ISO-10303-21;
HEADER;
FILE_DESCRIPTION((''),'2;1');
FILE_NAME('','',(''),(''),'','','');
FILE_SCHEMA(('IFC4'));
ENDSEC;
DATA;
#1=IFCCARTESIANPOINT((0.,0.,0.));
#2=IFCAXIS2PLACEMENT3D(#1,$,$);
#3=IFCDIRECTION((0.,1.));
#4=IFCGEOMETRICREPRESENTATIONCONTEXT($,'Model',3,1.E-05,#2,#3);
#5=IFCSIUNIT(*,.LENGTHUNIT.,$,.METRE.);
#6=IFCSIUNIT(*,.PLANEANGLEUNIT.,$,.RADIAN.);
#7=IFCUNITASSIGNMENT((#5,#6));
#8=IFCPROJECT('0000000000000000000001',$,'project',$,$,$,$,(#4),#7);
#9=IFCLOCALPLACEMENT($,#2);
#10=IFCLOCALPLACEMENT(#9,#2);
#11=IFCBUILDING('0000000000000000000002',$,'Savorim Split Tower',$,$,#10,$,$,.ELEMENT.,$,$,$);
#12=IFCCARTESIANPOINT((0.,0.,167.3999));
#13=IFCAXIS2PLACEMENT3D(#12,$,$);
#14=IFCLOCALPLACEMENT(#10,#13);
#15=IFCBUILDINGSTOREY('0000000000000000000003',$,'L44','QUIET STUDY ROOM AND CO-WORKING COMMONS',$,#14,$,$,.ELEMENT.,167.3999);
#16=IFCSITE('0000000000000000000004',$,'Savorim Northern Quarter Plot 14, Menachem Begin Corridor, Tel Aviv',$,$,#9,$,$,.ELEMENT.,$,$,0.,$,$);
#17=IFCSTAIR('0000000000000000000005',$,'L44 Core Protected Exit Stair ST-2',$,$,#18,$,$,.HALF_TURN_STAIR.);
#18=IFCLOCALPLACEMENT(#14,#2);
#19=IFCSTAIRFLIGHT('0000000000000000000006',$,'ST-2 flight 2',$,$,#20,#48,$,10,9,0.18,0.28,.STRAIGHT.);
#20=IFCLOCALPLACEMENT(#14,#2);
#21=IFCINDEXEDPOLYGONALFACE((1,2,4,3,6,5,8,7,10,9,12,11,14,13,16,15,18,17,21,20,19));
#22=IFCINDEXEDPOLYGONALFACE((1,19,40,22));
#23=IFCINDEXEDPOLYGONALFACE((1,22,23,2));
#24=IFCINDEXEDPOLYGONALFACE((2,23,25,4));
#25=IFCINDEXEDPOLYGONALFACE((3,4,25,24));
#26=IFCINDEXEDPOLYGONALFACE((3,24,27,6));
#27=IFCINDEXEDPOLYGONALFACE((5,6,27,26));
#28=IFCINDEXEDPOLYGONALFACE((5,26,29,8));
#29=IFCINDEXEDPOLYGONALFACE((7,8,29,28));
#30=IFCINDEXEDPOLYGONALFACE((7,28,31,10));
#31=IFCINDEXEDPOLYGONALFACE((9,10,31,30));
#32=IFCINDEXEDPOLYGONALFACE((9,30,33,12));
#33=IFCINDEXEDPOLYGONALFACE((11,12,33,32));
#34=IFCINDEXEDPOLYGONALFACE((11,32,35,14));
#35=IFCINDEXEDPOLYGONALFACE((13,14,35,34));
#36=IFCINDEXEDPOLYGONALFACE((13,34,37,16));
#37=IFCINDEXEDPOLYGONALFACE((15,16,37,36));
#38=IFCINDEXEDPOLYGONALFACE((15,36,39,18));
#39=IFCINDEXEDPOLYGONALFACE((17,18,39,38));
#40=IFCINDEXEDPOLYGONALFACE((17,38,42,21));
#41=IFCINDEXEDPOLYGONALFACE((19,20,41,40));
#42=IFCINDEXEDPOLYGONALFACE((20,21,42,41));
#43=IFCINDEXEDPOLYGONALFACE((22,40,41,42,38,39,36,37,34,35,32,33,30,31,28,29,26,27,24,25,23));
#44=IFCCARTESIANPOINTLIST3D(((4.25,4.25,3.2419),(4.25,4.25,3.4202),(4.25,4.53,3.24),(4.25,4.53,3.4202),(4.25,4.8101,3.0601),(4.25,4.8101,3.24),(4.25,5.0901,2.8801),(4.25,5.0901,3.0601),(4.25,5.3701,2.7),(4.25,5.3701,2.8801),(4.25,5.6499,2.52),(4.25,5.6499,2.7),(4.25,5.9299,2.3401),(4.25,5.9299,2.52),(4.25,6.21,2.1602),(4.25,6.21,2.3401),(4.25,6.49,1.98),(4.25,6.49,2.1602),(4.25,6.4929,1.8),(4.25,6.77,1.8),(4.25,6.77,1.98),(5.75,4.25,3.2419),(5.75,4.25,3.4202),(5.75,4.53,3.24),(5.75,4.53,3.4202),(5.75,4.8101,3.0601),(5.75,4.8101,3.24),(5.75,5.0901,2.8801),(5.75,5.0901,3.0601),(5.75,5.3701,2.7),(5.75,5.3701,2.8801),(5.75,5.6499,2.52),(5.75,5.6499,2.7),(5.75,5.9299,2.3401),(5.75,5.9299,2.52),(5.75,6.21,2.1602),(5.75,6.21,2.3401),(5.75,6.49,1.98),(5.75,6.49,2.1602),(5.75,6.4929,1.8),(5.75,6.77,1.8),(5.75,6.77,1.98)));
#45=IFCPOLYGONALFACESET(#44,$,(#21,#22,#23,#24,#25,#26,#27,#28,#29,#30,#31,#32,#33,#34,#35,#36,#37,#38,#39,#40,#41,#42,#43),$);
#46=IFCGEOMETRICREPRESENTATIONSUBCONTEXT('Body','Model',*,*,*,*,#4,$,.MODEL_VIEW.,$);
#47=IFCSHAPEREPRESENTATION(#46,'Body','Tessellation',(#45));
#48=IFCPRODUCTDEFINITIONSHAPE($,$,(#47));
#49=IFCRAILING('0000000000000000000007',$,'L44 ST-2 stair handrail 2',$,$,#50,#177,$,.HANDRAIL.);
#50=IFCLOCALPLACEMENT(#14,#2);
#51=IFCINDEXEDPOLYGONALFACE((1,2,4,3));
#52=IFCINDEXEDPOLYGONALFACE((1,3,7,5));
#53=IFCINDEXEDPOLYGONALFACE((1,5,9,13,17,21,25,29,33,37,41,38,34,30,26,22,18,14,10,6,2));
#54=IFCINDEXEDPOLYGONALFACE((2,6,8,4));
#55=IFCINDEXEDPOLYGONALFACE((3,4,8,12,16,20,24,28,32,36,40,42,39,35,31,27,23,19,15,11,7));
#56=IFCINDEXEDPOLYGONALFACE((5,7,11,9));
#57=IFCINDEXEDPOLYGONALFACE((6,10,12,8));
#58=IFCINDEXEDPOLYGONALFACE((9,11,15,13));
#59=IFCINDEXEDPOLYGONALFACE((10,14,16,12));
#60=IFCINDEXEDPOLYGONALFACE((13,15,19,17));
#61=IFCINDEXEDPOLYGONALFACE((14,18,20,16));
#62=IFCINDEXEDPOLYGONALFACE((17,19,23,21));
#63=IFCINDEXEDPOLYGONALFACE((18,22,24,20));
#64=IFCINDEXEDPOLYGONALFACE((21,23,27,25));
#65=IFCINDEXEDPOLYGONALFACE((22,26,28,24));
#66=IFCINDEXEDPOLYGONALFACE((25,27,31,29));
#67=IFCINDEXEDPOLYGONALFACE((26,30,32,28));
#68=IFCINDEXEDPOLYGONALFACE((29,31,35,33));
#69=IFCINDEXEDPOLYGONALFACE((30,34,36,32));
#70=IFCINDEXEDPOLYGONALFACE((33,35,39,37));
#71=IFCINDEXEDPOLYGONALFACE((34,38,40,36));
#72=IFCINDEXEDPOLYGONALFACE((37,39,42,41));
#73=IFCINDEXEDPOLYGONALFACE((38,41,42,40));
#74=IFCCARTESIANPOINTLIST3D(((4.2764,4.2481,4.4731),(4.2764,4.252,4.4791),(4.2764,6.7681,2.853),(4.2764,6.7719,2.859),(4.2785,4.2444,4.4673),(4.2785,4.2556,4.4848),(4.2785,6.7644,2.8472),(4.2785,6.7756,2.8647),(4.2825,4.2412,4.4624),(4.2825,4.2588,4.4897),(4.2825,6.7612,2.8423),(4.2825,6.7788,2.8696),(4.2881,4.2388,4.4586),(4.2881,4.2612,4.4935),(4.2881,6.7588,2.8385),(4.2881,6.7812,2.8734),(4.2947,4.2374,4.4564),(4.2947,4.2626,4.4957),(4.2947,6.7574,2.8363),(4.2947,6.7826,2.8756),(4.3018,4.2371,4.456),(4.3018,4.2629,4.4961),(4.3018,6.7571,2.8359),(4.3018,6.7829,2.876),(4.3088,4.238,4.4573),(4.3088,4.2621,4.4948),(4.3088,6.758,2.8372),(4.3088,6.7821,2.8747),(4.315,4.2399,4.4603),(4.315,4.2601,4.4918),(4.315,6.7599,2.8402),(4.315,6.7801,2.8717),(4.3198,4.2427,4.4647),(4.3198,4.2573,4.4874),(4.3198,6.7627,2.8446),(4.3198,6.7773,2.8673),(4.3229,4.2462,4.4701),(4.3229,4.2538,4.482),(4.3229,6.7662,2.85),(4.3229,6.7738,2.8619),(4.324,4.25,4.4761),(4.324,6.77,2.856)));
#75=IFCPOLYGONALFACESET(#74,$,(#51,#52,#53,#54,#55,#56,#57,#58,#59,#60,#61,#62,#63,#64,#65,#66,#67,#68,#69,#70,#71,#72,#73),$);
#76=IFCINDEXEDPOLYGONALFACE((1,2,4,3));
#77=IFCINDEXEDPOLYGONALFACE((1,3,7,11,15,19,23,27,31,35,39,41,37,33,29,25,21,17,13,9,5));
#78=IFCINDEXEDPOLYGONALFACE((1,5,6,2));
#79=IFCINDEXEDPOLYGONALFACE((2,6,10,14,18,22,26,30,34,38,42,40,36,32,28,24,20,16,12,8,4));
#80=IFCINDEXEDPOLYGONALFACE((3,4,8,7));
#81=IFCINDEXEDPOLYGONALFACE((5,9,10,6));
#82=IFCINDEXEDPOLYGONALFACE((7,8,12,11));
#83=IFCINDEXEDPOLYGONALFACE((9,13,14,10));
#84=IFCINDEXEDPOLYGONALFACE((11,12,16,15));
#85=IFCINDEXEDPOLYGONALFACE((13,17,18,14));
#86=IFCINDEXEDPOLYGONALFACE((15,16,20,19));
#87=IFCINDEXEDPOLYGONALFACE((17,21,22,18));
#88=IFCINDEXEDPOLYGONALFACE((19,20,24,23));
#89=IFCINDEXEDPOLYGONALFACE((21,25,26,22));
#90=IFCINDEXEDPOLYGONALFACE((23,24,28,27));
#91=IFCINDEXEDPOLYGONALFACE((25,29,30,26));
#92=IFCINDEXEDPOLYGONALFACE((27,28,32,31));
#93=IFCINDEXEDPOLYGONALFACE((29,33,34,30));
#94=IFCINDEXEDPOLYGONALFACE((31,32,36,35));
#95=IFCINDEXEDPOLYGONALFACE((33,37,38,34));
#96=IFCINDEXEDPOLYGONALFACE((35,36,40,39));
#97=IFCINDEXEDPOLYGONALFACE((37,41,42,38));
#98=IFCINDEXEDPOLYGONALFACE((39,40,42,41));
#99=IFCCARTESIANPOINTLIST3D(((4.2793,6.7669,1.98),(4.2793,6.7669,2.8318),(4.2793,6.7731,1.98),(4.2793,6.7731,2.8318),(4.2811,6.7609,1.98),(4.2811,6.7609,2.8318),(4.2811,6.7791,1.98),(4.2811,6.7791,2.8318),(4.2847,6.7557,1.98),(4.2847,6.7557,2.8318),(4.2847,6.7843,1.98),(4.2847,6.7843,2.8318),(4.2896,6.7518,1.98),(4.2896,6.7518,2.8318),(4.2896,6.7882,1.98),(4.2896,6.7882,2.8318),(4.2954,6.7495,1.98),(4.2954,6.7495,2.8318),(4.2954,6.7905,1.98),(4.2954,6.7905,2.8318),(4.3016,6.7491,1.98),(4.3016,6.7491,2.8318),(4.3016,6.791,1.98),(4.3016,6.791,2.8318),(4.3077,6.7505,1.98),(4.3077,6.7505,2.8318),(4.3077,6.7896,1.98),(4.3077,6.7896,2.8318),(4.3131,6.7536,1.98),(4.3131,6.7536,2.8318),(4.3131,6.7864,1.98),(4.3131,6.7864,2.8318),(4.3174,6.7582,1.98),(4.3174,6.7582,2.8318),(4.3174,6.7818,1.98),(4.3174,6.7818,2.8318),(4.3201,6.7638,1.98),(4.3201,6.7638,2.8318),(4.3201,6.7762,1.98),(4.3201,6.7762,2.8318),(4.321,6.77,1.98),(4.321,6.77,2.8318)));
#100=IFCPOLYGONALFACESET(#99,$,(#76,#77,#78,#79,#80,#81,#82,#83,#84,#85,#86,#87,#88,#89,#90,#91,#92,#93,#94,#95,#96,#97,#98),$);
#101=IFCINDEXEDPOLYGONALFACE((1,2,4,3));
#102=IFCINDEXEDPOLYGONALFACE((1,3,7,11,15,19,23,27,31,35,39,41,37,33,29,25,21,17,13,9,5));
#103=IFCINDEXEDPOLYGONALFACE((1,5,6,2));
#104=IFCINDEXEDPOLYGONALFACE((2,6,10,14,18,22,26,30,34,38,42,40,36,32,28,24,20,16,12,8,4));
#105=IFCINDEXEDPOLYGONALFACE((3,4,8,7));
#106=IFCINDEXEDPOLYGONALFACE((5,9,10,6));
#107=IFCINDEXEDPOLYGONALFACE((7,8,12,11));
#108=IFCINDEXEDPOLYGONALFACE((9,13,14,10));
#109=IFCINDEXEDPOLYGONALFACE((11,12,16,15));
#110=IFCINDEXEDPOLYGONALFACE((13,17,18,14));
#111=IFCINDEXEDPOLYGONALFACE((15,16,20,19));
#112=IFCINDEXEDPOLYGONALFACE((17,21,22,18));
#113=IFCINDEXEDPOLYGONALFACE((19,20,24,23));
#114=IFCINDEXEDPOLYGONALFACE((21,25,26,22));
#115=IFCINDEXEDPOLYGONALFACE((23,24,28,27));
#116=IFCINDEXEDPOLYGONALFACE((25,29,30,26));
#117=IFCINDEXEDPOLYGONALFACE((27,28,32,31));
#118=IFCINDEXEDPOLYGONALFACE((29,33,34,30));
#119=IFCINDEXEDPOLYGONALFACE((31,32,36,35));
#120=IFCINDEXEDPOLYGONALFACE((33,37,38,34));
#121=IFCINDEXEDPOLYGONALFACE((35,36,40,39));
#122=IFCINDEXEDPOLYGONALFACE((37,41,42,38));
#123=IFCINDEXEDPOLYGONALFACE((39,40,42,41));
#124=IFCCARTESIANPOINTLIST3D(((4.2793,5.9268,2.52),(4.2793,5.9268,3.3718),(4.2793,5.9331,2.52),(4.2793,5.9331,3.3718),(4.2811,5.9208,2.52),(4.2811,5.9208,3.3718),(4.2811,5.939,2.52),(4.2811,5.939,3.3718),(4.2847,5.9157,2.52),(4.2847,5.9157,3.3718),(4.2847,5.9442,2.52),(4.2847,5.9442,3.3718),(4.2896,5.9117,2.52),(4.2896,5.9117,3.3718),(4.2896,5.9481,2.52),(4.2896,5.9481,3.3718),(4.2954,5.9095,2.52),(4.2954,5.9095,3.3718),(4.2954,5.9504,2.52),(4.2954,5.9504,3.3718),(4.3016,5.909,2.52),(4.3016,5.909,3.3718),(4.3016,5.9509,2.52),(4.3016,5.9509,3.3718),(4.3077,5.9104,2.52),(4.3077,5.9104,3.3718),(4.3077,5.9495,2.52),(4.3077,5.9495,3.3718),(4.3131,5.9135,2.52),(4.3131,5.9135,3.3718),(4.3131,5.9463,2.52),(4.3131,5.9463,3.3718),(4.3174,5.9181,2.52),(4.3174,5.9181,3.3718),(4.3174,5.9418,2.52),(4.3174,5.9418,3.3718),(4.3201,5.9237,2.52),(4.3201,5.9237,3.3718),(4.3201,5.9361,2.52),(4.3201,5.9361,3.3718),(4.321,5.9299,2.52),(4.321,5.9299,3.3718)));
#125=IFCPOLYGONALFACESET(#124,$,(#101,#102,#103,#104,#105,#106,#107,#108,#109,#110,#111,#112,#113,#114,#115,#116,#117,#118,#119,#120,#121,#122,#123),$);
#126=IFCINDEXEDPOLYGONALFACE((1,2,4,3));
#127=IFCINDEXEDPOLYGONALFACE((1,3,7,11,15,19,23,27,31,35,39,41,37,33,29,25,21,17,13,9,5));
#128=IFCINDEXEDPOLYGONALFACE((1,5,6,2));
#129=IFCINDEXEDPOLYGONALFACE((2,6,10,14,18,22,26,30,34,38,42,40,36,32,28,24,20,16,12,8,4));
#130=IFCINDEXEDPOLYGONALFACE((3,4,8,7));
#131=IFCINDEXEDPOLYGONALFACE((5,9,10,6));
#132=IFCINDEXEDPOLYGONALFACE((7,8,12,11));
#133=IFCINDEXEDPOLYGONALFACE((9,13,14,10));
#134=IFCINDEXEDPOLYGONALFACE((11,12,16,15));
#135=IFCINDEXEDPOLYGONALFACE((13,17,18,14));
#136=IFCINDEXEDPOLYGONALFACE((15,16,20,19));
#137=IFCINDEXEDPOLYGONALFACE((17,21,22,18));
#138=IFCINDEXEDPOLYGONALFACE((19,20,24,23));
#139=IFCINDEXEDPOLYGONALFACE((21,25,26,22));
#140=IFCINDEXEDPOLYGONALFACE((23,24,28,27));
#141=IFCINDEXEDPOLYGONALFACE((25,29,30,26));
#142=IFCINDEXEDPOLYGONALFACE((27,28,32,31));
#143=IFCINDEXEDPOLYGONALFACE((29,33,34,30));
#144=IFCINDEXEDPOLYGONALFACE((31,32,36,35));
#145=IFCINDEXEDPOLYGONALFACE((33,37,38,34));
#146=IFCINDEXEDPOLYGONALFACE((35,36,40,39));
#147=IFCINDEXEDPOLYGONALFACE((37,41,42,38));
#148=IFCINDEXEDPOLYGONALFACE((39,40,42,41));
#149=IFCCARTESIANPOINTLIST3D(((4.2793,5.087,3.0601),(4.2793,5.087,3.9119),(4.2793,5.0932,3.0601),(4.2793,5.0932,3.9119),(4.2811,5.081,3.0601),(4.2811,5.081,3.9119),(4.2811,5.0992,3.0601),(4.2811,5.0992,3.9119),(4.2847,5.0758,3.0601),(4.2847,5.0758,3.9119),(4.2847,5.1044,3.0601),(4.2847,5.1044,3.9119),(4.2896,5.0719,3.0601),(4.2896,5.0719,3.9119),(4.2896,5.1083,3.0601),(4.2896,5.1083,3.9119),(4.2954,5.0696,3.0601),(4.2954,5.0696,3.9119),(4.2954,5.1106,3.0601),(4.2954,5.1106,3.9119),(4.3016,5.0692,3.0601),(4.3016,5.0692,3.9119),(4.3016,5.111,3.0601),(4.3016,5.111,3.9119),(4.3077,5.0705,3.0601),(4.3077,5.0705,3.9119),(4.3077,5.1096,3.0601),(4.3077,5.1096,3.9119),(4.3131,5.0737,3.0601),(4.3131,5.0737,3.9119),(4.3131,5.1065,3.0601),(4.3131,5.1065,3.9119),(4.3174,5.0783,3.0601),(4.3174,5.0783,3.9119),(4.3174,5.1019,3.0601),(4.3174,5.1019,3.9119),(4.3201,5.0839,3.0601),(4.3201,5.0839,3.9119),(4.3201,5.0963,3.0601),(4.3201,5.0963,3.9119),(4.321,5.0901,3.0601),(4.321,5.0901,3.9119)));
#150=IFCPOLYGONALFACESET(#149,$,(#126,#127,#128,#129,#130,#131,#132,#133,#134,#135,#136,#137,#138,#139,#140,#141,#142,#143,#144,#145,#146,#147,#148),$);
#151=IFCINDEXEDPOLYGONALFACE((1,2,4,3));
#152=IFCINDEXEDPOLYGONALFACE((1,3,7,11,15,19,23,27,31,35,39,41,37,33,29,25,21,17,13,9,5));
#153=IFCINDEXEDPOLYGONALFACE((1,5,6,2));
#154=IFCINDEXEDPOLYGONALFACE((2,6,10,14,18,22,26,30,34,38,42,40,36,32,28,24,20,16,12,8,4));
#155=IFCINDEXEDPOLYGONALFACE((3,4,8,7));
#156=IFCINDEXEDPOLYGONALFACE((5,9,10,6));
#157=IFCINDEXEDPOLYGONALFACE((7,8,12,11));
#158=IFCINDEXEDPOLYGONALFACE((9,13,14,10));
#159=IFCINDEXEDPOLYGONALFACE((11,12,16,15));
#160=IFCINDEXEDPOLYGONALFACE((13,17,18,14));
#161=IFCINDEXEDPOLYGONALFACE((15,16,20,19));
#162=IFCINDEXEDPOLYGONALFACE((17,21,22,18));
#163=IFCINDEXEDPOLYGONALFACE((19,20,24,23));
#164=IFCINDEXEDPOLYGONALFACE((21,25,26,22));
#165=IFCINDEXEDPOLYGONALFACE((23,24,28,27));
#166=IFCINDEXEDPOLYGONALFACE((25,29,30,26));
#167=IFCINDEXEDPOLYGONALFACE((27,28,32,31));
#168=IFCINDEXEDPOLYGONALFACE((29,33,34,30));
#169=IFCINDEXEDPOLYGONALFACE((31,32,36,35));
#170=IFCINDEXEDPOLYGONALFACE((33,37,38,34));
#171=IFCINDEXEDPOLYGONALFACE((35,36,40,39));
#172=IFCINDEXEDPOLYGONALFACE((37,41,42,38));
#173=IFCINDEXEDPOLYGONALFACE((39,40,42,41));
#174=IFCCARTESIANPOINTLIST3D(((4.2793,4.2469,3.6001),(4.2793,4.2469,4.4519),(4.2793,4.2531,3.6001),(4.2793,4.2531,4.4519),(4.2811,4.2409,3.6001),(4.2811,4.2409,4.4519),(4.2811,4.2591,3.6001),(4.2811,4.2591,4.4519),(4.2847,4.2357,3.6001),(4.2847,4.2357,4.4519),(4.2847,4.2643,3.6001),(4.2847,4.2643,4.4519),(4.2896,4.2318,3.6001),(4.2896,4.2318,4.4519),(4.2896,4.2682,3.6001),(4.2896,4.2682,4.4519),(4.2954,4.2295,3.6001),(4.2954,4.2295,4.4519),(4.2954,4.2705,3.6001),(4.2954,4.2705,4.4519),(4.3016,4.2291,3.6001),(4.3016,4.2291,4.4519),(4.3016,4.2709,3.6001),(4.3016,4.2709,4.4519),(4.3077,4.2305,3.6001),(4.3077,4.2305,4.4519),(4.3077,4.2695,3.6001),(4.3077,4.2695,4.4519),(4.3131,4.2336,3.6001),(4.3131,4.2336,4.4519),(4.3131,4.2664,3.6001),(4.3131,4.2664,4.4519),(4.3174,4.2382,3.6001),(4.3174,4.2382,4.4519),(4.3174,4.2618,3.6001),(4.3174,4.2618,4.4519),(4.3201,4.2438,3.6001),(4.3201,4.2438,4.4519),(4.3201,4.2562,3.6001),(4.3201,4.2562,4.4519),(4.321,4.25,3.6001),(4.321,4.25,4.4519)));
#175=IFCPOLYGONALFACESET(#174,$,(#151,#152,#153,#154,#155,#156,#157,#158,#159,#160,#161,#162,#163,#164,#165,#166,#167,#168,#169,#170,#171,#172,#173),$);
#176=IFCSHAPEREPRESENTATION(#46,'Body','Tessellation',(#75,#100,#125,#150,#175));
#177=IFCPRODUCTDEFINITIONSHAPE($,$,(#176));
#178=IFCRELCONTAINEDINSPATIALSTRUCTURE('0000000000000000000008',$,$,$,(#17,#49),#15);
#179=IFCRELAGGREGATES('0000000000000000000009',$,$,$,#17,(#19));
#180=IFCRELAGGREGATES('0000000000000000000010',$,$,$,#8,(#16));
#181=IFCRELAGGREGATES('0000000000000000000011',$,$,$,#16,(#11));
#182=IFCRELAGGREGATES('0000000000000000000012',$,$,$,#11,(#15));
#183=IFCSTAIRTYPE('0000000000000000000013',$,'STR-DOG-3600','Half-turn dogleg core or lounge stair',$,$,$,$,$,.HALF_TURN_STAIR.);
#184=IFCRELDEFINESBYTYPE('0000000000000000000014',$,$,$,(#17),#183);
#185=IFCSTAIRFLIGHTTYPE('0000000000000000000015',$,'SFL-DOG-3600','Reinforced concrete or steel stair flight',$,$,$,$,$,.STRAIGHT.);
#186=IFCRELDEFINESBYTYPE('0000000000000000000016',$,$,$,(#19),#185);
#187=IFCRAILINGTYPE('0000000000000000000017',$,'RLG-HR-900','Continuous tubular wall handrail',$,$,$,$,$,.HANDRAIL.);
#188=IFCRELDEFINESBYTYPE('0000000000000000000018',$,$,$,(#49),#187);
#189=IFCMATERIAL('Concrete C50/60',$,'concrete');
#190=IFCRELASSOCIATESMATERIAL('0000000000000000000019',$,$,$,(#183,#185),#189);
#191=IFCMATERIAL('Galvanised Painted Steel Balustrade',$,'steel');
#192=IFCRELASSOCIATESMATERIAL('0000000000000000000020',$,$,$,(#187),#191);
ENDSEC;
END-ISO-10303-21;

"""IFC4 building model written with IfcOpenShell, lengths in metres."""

from ifc_helpers import new_model, si_unit, direction, frame, origin, origin_2d, place, context, subcontext, project, spatial, polyline, circle, outline, extrude, material, type_object, element, aggregate, save


model = new_model("IFC4")

# Units and contexts
model_context = context("Model", 3, precision=1e-05, world=origin(), true_north=direction((0.0, 1.0)))
body_context = subcontext(model_context, "Body", "Model", "MODEL_VIEW")
ifc_project = project(units=[si_unit("LENGTHUNIT", "METRE"), si_unit("PLANEANGLEUNIT", "RADIAN")], contexts=[model_context])

# Site, building, storey
site_placement = place(None, origin())
site = spatial("IfcSite", under=ifc_project, at=site_placement, Name="Savorim Northern Quarter Plot 14, Menachem Begin Corridor, Tel Aviv", CompositionType="ELEMENT", RefElevation=0.0)
building_placement = place(site_placement, origin())
building = spatial("IfcBuilding", under=site, at=building_placement, Name="Savorim Split Tower", CompositionType="ELEMENT")
storey_placement = place(building_placement, frame((0.0, 0.0, 167.3999)))
storey = spatial("IfcBuildingStorey", under=building, at=storey_placement, Name="L44", Description="QUIET STUDY ROOM AND CO-WORKING COMMONS", CompositionType="ELEMENT", Elevation=167.3999)

# Stair, stair flight
ifc_material_1 = material(Name="Concrete C50/60", Category="concrete")
stair_type = type_object("IfcStairType", Name="STR-DOG-3600", Description="Half-turn dogleg core or lounge stair", PredefinedType="HALF_TURN_STAIR", material=ifc_material_1)
stair_placement = place(storey_placement, origin())
stair = element("IfcStair", 1, at=stair_placement, inside=storey, type_object=stair_type, Name="L44 Core Protected Exit Stair ST-2", PredefinedType="HALF_TURN_STAIR")
stair_flight_type = type_object("IfcStairFlightType", Name="SFL-DOG-3600", Description="Reinforced concrete or steel stair flight", PredefinedType="STRAIGHT", material=ifc_material_1)
stair_flight_placement = place(storey_placement, frame((5.0, 6.77, 1.8), z_axis=(0.0, 0.0, 1.0), x_axis=(0.0, -1.0, 0.0)))
stair_flight = element("IfcStairFlight", 2, at=stair_flight_placement, type_object=stair_flight_type, Name="ST-2 flight 2", NumberOfRisers=10, NumberOfTreads=9, PredefinedType="STRAIGHT", RiserHeight=0.18, TreadLength=0.28, context=body_context, shape_type="SweptSolid", body=[
    extrude(outline(polyline([(0.0, 0.0), (0.0, 0.1799), (0.28, 0.1799), (0.28, 0.3601), (0.5601, 0.3601), (0.5601, 0.54), (0.8401, 0.54), (0.8401, 0.72), (1.1201, 0.72), (1.1201, 0.8999), (1.3999, 0.8999), (1.3999, 1.0801), (1.6799, 1.0801), (1.6799, 1.26), (1.96, 1.26), (1.96, 1.4399), (2.24, 1.4399), (2.24, 1.6201), (2.52, 1.6201), (2.52, 1.8), (2.52, 1.4419), (0.2771, 0.0), (0.0, 0.0)])), frame((0.0, 0.75, 0.0), z_axis=(0.0, -1.0, 0.0), x_axis=(1.0, 0.0, 0.0)), (0.0, 0.0, 1.0), 1.5),
])
aggregate(stair, [stair_flight])

# Railing
ifc_material_2 = material(Name="Galvanised Painted Steel Balustrade", Category="steel")
railing_type_1 = type_object("IfcRailingType", Name="RLG-HR-900", Description="Continuous tubular wall handrail", PredefinedType="HANDRAIL", material=ifc_material_2)
railing_1_placement = place(storey_placement, frame((4.3, 6.77, 1.98)))
element("IfcRailing", 3, at=railing_1_placement, inside=storey, type_object=railing_type_1, Name="L44 ST-2 stair handrail 2", PredefinedType="HANDRAIL", context=body_context, shape_type="SweptSolid", body=[
    extrude(circle(Radius=0.0239, at=origin_2d()), frame((0.0, 0.0, 0.876), z_axis=(0.0, -0.841163, 0.540782), x_axis=(1.0, 0.0, 0.0)), (0.0, 0.0, 1.0), 2.9958),
    extrude(circle(Radius=0.021, at=origin_2d()), origin(), (0.0, 0.0, 1.0), 0.8518),
    extrude(circle(Radius=0.021, at=origin_2d()), frame((0.0, -0.8401, 0.54)), (0.0, 0.0, 1.0), 0.8518),
    extrude(circle(Radius=0.021, at=origin_2d()), frame((0.0, -1.6799, 1.0801)), (0.0, 0.0, 1.0), 0.8518),
    extrude(circle(Radius=0.021, at=origin_2d()), frame((0.0, -2.52, 1.6201)), (0.0, 0.0, 1.0), 0.8518),
])

save(model, "model.ifc")
